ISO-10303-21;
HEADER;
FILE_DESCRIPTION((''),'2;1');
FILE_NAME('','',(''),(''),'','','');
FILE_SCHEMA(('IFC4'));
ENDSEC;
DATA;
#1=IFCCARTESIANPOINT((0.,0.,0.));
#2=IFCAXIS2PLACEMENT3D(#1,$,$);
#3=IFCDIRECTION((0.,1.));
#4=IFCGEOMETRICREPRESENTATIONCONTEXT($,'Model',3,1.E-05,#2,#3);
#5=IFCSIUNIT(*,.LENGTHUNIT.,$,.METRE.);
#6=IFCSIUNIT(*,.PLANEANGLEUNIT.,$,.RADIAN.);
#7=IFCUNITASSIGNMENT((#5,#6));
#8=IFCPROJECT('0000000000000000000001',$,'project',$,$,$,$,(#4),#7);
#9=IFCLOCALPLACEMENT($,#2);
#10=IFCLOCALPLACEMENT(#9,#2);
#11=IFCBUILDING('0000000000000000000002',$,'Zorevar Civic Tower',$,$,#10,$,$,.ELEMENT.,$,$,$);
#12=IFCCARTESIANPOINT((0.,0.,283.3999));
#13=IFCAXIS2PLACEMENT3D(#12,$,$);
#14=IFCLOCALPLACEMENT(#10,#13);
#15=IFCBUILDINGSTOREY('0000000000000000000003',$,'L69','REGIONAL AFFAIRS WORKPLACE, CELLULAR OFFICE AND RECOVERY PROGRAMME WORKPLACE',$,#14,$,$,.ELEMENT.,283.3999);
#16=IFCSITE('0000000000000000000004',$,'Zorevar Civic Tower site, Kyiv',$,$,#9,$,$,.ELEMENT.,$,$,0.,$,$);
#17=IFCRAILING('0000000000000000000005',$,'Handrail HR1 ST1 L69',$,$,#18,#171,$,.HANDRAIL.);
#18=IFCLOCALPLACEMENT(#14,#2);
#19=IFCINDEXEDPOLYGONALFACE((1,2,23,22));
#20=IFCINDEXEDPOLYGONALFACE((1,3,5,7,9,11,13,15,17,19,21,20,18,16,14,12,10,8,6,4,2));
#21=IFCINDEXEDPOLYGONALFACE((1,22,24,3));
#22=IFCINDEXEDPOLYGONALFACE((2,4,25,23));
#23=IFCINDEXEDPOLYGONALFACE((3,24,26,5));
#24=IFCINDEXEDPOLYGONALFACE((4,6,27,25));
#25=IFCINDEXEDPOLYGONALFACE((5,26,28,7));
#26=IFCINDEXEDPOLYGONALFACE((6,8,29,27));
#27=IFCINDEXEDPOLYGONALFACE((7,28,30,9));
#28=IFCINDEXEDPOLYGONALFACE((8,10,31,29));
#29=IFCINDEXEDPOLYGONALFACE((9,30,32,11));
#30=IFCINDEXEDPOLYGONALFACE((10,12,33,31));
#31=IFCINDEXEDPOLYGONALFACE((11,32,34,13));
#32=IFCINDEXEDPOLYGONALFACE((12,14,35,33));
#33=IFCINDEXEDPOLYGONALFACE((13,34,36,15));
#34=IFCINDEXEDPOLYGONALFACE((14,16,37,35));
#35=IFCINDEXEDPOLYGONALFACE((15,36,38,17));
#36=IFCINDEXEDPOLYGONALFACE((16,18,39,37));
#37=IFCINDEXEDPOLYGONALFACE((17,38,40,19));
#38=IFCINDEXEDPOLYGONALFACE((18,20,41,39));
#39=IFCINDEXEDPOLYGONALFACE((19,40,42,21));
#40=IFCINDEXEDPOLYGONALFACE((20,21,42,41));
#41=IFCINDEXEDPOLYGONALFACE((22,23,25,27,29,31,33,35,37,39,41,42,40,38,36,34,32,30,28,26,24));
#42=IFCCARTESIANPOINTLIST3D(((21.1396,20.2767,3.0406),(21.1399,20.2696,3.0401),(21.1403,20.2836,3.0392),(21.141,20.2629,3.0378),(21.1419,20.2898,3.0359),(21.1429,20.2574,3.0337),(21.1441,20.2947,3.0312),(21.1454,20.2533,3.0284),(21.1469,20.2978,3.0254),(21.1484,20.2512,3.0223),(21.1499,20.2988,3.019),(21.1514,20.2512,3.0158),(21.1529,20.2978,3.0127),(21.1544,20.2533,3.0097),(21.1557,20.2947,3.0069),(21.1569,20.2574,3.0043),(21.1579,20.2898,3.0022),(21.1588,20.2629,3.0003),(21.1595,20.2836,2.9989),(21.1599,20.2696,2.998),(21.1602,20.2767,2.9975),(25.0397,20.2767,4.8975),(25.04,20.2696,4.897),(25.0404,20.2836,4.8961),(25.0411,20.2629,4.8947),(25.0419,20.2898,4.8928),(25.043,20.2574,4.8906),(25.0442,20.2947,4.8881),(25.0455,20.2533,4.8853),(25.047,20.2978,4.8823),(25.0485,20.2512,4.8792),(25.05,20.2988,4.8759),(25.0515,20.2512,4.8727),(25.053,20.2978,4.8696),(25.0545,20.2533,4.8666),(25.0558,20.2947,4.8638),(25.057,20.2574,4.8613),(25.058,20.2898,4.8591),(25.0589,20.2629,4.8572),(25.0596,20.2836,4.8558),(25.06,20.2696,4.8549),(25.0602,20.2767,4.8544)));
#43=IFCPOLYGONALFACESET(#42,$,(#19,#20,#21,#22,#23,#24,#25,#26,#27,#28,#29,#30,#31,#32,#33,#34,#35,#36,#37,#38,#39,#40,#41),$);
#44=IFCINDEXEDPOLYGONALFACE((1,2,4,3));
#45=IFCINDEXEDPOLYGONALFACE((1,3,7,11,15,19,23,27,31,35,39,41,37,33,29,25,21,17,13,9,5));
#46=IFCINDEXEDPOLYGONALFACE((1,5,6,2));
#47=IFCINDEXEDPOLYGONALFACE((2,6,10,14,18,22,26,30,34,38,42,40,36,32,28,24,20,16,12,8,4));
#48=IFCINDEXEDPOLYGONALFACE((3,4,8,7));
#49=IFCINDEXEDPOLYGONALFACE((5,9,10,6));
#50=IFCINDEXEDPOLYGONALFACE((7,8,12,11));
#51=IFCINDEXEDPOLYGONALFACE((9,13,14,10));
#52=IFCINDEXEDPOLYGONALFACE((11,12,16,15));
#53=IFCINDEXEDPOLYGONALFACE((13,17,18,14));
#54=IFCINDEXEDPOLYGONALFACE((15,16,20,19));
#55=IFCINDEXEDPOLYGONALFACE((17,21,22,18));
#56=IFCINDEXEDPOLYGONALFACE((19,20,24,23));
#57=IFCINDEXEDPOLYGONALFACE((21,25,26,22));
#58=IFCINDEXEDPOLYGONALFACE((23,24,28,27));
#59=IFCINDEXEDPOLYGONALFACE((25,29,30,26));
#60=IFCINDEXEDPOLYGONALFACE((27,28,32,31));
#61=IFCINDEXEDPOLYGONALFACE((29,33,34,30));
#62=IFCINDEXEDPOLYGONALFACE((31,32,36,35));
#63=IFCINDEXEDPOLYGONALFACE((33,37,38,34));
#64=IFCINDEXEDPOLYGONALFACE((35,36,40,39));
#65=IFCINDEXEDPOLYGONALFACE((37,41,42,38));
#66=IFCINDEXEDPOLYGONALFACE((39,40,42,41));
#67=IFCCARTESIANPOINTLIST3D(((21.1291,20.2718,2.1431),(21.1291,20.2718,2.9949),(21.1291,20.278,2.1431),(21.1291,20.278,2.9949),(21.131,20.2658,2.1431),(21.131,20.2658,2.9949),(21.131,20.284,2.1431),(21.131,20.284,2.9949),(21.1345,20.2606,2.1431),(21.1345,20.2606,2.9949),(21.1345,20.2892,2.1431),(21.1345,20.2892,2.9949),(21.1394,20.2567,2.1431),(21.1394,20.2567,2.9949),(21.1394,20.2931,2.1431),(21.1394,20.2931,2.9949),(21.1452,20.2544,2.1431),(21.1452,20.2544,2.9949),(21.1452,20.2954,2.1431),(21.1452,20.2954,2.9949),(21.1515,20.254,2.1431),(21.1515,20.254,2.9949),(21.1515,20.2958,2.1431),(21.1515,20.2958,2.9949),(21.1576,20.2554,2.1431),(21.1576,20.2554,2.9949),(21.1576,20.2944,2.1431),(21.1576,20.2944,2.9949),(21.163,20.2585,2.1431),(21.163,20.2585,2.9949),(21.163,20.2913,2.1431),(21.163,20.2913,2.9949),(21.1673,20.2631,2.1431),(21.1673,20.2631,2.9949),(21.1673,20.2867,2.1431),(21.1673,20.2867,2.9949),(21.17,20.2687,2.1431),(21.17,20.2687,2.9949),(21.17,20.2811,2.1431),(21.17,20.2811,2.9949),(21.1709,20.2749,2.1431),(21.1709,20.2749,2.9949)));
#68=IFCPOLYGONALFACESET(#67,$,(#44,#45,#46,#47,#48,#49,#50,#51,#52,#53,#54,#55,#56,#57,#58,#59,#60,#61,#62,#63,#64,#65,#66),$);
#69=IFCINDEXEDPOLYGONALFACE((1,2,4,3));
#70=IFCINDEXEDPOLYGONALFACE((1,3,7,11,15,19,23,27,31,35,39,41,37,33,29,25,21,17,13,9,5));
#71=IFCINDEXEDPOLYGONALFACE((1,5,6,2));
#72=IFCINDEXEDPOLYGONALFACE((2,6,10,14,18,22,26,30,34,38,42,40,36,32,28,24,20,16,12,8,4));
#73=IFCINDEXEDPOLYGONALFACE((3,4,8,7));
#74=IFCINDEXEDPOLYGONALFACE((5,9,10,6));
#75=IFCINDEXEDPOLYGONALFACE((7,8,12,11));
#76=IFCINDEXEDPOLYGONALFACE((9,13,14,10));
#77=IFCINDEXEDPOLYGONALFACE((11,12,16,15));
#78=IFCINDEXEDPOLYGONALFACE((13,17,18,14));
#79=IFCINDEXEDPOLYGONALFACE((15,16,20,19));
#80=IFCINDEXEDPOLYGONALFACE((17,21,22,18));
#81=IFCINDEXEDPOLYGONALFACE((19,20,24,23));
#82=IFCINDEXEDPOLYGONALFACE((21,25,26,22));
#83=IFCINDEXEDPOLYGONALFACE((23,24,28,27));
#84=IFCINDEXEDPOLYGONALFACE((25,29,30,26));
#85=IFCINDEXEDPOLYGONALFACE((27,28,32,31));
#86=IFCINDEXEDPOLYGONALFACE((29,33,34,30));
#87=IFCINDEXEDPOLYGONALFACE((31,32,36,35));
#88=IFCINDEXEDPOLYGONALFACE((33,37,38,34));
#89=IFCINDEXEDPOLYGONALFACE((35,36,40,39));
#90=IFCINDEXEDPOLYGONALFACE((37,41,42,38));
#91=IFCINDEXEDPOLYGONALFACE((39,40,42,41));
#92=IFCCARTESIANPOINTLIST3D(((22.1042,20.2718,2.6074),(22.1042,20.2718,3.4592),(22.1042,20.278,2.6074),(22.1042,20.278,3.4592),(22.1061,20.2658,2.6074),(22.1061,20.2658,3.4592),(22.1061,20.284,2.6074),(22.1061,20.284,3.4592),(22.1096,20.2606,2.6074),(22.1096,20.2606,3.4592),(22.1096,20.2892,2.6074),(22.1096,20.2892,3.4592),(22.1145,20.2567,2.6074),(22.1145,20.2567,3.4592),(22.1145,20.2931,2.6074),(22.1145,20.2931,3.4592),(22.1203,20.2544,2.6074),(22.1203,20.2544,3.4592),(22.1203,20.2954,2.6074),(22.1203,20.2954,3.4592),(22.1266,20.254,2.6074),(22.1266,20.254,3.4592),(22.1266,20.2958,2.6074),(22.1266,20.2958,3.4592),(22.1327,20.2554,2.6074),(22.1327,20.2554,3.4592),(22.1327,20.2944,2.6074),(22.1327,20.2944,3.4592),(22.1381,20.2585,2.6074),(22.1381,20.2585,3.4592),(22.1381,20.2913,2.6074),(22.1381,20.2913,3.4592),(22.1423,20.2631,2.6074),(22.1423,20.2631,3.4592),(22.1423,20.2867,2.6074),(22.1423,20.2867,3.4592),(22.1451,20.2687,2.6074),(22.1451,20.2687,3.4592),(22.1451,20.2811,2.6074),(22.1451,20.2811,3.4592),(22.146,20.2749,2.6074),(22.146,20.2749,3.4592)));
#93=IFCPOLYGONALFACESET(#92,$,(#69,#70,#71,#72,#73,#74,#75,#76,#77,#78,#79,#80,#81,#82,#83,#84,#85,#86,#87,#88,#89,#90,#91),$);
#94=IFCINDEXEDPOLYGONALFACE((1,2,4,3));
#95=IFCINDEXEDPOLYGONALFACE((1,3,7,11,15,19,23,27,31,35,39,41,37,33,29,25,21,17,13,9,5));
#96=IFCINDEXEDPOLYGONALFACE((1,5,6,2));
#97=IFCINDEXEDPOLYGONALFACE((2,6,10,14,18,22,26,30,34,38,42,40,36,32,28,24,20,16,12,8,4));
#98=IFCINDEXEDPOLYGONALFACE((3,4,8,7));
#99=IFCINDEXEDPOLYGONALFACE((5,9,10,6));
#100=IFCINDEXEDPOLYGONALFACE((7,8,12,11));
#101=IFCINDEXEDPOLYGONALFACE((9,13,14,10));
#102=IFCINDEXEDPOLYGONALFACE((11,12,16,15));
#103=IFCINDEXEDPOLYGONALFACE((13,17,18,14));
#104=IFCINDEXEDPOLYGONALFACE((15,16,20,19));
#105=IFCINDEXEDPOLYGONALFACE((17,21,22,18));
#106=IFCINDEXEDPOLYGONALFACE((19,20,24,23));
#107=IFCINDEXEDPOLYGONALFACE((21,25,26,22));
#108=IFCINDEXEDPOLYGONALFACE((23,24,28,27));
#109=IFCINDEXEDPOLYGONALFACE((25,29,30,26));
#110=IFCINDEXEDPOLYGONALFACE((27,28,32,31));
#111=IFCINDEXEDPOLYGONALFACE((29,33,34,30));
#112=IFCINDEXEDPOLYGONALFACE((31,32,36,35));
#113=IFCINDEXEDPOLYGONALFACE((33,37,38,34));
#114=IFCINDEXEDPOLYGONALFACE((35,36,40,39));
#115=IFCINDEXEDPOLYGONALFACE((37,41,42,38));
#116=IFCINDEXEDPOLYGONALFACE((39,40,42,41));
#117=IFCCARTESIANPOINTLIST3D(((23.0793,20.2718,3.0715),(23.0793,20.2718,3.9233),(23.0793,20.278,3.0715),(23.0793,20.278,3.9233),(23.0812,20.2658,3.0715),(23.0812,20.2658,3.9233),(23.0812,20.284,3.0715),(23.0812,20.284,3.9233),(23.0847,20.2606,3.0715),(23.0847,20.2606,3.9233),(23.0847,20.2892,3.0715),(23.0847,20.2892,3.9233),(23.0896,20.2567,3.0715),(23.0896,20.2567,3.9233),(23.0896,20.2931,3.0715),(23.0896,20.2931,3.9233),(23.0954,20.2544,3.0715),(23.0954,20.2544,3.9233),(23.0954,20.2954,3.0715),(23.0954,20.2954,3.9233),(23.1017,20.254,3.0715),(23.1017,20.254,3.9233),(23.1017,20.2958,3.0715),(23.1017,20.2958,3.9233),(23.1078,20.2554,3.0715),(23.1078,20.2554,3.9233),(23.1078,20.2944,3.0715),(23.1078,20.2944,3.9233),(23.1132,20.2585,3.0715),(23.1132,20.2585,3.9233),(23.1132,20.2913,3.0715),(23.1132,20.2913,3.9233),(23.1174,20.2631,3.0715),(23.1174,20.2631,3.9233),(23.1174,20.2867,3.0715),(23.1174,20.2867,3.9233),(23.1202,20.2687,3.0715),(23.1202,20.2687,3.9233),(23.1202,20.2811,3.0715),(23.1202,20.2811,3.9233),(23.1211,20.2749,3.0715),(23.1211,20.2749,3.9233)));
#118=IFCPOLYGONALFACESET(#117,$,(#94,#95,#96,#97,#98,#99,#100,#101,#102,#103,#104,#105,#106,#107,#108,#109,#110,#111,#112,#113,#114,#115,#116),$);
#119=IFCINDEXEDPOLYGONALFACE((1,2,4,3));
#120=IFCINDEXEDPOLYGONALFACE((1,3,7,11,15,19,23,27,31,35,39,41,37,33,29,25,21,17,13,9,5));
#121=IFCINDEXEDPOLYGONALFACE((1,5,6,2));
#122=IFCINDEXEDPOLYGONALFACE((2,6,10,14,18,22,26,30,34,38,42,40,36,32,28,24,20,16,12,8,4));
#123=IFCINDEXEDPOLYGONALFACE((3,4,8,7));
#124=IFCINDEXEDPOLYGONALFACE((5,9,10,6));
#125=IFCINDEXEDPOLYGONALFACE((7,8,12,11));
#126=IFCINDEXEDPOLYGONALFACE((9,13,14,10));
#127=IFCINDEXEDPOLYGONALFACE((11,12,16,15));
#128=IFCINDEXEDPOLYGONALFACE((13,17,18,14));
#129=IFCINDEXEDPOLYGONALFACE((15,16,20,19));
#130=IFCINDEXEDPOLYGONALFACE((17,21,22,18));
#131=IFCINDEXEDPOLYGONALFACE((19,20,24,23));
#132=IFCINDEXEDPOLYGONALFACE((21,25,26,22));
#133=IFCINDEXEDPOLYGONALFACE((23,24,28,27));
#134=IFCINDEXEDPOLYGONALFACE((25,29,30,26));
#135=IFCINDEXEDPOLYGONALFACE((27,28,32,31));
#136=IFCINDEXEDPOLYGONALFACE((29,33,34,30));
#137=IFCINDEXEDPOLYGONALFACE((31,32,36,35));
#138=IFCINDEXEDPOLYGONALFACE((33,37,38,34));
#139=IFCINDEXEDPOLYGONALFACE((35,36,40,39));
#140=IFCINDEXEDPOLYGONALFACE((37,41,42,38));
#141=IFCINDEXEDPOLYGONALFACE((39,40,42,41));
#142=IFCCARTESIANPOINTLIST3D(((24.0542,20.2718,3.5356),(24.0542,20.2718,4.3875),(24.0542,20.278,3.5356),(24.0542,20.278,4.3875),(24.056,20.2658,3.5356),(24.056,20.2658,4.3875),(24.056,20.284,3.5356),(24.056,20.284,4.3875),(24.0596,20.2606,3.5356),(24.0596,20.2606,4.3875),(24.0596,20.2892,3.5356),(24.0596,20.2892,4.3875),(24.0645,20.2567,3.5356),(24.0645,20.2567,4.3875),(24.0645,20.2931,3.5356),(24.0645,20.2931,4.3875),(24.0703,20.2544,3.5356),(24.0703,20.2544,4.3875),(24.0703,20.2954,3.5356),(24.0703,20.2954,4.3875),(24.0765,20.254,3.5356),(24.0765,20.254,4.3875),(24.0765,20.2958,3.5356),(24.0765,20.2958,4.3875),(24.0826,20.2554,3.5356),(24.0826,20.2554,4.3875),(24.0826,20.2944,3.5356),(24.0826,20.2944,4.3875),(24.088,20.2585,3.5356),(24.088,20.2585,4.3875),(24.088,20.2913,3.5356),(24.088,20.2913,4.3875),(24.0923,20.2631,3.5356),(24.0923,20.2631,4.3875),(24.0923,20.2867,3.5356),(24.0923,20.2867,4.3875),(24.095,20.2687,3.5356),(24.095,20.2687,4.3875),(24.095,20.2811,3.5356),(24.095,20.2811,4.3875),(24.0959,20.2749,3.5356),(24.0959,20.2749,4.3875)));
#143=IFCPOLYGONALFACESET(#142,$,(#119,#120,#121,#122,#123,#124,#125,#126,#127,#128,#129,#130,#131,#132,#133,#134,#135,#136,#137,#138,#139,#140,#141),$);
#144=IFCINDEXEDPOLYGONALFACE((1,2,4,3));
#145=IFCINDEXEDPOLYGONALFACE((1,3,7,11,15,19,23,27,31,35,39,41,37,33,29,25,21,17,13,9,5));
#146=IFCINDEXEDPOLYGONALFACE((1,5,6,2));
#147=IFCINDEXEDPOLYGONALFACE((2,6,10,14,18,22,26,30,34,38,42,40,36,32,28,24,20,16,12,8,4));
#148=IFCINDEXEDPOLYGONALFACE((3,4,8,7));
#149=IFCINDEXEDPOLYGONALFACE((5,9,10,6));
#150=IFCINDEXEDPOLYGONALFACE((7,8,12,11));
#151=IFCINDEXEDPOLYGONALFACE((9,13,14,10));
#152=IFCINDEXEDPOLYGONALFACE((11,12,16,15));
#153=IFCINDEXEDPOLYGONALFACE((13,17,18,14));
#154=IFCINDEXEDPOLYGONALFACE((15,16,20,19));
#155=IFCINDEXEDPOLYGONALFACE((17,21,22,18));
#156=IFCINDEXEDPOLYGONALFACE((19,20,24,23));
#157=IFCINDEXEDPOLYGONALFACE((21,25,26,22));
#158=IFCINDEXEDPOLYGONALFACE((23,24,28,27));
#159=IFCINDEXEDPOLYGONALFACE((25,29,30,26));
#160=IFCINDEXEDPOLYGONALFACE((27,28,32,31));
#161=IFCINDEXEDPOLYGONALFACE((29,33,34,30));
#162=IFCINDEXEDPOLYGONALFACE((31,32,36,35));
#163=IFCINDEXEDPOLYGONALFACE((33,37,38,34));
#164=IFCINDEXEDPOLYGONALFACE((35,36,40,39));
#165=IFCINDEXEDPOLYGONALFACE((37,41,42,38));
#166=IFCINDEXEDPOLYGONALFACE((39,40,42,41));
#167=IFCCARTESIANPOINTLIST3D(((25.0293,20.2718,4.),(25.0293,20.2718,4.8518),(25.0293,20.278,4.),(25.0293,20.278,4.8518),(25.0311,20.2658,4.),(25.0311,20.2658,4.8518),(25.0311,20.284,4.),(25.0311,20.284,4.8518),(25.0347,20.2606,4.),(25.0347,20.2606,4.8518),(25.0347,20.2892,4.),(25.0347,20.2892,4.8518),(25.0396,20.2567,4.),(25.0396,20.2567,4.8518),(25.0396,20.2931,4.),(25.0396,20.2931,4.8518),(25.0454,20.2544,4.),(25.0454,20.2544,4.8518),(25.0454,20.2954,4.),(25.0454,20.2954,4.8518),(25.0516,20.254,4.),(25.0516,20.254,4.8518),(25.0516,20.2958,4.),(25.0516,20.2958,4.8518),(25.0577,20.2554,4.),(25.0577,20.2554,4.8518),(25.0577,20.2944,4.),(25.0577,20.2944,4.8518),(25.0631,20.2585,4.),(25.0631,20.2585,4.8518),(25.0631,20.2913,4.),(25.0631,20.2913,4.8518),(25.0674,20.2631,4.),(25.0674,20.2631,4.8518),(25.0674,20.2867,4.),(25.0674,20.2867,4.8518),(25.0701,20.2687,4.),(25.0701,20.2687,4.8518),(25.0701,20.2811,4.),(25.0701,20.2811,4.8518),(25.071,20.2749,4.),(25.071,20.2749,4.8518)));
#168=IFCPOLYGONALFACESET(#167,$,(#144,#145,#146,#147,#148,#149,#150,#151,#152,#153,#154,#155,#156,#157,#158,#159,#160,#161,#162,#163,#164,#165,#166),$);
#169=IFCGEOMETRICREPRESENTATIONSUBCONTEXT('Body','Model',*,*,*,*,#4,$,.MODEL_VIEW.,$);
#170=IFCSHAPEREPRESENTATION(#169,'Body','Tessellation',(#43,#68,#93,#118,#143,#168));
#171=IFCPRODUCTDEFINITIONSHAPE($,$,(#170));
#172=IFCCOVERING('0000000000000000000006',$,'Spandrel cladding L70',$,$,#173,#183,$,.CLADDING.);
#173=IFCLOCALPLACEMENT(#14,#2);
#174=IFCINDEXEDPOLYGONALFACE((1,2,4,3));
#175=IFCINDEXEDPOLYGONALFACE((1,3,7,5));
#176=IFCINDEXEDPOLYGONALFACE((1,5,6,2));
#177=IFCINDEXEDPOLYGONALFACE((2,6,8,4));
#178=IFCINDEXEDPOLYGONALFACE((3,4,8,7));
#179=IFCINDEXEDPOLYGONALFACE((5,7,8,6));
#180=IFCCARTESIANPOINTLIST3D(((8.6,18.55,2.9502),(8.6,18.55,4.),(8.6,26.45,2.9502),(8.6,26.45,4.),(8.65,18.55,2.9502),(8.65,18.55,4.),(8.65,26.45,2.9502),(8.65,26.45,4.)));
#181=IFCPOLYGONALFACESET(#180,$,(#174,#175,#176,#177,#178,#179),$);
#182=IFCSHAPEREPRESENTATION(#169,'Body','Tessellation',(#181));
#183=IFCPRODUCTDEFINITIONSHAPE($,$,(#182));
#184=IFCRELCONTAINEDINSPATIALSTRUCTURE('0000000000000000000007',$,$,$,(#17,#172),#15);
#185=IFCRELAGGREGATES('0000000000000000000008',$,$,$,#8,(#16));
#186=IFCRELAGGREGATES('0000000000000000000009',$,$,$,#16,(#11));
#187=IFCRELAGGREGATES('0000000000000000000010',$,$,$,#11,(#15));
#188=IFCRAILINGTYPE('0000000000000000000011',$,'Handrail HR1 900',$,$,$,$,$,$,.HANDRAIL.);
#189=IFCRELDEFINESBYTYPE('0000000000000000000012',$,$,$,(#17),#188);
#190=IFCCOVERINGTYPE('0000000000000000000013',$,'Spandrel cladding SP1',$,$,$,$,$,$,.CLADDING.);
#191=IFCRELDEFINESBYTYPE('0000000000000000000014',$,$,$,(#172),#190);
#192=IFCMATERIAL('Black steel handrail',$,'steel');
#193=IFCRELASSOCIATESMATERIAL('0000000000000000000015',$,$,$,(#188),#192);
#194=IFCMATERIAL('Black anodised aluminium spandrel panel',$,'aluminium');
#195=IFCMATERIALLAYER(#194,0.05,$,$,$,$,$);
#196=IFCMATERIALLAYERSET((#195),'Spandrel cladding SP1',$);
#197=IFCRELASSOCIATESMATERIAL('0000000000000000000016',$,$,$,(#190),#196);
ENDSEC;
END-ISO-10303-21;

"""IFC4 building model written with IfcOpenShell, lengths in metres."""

from ifc_helpers import new_model, si_unit, direction, frame, frame_2d, origin, origin_2d, place, context, subcontext, project, spatial, rectangle, circle, extrude, material, layer, layer_set, type_object, element, save


model = new_model("IFC4")

# Units and contexts
model_context = context("Model", 3, precision=1e-05, world=origin(), true_north=direction((0.0, 1.0)))
body_context = subcontext(model_context, "Body", "Model", "MODEL_VIEW")
ifc_project = project(units=[si_unit("LENGTHUNIT", "METRE"), si_unit("PLANEANGLEUNIT", "RADIAN")], contexts=[model_context])

# Site, building, storey
site_placement = place(None, origin())
site = spatial("IfcSite", under=ifc_project, at=site_placement, Name="Zorevar Civic Tower site, Kyiv", CompositionType="ELEMENT", RefElevation=0.0)
building_placement = place(site_placement, origin())
building = spatial("IfcBuilding", under=site, at=building_placement, Name="Zorevar Civic Tower", CompositionType="ELEMENT")
storey_placement = place(building_placement, frame((0.0, 0.0, 283.3999)))
storey = spatial("IfcBuildingStorey", under=building, at=storey_placement, Name="L69", Description="REGIONAL AFFAIRS WORKPLACE, CELLULAR OFFICE AND RECOVERY PROGRAMME WORKPLACE", CompositionType="ELEMENT", Elevation=283.3999)

# Railing
ifc_material_1 = material(Name="Black steel handrail", Category="steel")
railing_type = type_object("IfcRailingType", Name="Handrail HR1 900", PredefinedType="HANDRAIL", material=ifc_material_1)
railing_1_placement = place(storey_placement, frame((21.1499, 20.2749, 2.1431)))
element("IfcRailing", 1, at=railing_1_placement, inside=storey, type_object=railing_type, Name="Handrail HR1 ST1 L69", PredefinedType="HANDRAIL", context=body_context, shape_type="SweptSolid", body=[
    extrude(circle(Radius=0.0239, at=origin_2d()), frame((0.0, 0.0, 0.876), z_axis=(0.902886, 0.0, 0.429881), x_axis=(0.0, 1.0, 0.0)), (0.0, 0.0, 1.0), 4.3196),
    extrude(circle(Radius=0.021, at=origin_2d()), origin(), (0.0, 0.0, 1.0), 0.8518),
    extrude(circle(Radius=0.021, at=origin_2d()), frame((0.9751, 0.0, 0.4644)), (0.0, 0.0, 1.0), 0.8518),
    extrude(circle(Radius=0.021, at=origin_2d()), frame((1.9502, 0.0, 0.9285)), (0.0, 0.0, 1.0), 0.8518),
    extrude(circle(Radius=0.021, at=origin_2d()), frame((2.925, 0.0, 1.3926)), (0.0, 0.0, 1.0), 0.8518),
    extrude(circle(Radius=0.021, at=origin_2d()), frame((3.9001, 0.0, 1.8569)), (0.0, 0.0, 1.0), 0.8518),
])

# Covering
ifc_material_2 = material(Name="Black anodised aluminium spandrel panel", Category="aluminium")
ifc_layer_1 = layer(ifc_material_2, 0.05)
ifc_layer_set_1 = layer_set([ifc_layer_1], Name="Spandrel cladding SP1")
covering_type = type_object("IfcCoveringType", Name="Spandrel cladding SP1", PredefinedType="CLADDING", material=ifc_layer_set_1)
covering_placement = place(storey_placement, frame((8.625, 18.55, 2.9502), z_axis=(0.0, 0.0, 1.0), x_axis=(0.0, 1.0, 0.0)))
element("IfcCovering", 2, at=covering_placement, inside=storey, type_object=covering_type, Name="Spandrel cladding L70", PredefinedType="CLADDING", context=body_context, shape_type="SweptSolid", body=[
    extrude(rectangle(XDim=7.8999, YDim=0.05, at=frame_2d((3.95, 0.0))), origin(), (0.0, 0.0, 1.0), 1.0498),
])

save(model, "model.ifc")
